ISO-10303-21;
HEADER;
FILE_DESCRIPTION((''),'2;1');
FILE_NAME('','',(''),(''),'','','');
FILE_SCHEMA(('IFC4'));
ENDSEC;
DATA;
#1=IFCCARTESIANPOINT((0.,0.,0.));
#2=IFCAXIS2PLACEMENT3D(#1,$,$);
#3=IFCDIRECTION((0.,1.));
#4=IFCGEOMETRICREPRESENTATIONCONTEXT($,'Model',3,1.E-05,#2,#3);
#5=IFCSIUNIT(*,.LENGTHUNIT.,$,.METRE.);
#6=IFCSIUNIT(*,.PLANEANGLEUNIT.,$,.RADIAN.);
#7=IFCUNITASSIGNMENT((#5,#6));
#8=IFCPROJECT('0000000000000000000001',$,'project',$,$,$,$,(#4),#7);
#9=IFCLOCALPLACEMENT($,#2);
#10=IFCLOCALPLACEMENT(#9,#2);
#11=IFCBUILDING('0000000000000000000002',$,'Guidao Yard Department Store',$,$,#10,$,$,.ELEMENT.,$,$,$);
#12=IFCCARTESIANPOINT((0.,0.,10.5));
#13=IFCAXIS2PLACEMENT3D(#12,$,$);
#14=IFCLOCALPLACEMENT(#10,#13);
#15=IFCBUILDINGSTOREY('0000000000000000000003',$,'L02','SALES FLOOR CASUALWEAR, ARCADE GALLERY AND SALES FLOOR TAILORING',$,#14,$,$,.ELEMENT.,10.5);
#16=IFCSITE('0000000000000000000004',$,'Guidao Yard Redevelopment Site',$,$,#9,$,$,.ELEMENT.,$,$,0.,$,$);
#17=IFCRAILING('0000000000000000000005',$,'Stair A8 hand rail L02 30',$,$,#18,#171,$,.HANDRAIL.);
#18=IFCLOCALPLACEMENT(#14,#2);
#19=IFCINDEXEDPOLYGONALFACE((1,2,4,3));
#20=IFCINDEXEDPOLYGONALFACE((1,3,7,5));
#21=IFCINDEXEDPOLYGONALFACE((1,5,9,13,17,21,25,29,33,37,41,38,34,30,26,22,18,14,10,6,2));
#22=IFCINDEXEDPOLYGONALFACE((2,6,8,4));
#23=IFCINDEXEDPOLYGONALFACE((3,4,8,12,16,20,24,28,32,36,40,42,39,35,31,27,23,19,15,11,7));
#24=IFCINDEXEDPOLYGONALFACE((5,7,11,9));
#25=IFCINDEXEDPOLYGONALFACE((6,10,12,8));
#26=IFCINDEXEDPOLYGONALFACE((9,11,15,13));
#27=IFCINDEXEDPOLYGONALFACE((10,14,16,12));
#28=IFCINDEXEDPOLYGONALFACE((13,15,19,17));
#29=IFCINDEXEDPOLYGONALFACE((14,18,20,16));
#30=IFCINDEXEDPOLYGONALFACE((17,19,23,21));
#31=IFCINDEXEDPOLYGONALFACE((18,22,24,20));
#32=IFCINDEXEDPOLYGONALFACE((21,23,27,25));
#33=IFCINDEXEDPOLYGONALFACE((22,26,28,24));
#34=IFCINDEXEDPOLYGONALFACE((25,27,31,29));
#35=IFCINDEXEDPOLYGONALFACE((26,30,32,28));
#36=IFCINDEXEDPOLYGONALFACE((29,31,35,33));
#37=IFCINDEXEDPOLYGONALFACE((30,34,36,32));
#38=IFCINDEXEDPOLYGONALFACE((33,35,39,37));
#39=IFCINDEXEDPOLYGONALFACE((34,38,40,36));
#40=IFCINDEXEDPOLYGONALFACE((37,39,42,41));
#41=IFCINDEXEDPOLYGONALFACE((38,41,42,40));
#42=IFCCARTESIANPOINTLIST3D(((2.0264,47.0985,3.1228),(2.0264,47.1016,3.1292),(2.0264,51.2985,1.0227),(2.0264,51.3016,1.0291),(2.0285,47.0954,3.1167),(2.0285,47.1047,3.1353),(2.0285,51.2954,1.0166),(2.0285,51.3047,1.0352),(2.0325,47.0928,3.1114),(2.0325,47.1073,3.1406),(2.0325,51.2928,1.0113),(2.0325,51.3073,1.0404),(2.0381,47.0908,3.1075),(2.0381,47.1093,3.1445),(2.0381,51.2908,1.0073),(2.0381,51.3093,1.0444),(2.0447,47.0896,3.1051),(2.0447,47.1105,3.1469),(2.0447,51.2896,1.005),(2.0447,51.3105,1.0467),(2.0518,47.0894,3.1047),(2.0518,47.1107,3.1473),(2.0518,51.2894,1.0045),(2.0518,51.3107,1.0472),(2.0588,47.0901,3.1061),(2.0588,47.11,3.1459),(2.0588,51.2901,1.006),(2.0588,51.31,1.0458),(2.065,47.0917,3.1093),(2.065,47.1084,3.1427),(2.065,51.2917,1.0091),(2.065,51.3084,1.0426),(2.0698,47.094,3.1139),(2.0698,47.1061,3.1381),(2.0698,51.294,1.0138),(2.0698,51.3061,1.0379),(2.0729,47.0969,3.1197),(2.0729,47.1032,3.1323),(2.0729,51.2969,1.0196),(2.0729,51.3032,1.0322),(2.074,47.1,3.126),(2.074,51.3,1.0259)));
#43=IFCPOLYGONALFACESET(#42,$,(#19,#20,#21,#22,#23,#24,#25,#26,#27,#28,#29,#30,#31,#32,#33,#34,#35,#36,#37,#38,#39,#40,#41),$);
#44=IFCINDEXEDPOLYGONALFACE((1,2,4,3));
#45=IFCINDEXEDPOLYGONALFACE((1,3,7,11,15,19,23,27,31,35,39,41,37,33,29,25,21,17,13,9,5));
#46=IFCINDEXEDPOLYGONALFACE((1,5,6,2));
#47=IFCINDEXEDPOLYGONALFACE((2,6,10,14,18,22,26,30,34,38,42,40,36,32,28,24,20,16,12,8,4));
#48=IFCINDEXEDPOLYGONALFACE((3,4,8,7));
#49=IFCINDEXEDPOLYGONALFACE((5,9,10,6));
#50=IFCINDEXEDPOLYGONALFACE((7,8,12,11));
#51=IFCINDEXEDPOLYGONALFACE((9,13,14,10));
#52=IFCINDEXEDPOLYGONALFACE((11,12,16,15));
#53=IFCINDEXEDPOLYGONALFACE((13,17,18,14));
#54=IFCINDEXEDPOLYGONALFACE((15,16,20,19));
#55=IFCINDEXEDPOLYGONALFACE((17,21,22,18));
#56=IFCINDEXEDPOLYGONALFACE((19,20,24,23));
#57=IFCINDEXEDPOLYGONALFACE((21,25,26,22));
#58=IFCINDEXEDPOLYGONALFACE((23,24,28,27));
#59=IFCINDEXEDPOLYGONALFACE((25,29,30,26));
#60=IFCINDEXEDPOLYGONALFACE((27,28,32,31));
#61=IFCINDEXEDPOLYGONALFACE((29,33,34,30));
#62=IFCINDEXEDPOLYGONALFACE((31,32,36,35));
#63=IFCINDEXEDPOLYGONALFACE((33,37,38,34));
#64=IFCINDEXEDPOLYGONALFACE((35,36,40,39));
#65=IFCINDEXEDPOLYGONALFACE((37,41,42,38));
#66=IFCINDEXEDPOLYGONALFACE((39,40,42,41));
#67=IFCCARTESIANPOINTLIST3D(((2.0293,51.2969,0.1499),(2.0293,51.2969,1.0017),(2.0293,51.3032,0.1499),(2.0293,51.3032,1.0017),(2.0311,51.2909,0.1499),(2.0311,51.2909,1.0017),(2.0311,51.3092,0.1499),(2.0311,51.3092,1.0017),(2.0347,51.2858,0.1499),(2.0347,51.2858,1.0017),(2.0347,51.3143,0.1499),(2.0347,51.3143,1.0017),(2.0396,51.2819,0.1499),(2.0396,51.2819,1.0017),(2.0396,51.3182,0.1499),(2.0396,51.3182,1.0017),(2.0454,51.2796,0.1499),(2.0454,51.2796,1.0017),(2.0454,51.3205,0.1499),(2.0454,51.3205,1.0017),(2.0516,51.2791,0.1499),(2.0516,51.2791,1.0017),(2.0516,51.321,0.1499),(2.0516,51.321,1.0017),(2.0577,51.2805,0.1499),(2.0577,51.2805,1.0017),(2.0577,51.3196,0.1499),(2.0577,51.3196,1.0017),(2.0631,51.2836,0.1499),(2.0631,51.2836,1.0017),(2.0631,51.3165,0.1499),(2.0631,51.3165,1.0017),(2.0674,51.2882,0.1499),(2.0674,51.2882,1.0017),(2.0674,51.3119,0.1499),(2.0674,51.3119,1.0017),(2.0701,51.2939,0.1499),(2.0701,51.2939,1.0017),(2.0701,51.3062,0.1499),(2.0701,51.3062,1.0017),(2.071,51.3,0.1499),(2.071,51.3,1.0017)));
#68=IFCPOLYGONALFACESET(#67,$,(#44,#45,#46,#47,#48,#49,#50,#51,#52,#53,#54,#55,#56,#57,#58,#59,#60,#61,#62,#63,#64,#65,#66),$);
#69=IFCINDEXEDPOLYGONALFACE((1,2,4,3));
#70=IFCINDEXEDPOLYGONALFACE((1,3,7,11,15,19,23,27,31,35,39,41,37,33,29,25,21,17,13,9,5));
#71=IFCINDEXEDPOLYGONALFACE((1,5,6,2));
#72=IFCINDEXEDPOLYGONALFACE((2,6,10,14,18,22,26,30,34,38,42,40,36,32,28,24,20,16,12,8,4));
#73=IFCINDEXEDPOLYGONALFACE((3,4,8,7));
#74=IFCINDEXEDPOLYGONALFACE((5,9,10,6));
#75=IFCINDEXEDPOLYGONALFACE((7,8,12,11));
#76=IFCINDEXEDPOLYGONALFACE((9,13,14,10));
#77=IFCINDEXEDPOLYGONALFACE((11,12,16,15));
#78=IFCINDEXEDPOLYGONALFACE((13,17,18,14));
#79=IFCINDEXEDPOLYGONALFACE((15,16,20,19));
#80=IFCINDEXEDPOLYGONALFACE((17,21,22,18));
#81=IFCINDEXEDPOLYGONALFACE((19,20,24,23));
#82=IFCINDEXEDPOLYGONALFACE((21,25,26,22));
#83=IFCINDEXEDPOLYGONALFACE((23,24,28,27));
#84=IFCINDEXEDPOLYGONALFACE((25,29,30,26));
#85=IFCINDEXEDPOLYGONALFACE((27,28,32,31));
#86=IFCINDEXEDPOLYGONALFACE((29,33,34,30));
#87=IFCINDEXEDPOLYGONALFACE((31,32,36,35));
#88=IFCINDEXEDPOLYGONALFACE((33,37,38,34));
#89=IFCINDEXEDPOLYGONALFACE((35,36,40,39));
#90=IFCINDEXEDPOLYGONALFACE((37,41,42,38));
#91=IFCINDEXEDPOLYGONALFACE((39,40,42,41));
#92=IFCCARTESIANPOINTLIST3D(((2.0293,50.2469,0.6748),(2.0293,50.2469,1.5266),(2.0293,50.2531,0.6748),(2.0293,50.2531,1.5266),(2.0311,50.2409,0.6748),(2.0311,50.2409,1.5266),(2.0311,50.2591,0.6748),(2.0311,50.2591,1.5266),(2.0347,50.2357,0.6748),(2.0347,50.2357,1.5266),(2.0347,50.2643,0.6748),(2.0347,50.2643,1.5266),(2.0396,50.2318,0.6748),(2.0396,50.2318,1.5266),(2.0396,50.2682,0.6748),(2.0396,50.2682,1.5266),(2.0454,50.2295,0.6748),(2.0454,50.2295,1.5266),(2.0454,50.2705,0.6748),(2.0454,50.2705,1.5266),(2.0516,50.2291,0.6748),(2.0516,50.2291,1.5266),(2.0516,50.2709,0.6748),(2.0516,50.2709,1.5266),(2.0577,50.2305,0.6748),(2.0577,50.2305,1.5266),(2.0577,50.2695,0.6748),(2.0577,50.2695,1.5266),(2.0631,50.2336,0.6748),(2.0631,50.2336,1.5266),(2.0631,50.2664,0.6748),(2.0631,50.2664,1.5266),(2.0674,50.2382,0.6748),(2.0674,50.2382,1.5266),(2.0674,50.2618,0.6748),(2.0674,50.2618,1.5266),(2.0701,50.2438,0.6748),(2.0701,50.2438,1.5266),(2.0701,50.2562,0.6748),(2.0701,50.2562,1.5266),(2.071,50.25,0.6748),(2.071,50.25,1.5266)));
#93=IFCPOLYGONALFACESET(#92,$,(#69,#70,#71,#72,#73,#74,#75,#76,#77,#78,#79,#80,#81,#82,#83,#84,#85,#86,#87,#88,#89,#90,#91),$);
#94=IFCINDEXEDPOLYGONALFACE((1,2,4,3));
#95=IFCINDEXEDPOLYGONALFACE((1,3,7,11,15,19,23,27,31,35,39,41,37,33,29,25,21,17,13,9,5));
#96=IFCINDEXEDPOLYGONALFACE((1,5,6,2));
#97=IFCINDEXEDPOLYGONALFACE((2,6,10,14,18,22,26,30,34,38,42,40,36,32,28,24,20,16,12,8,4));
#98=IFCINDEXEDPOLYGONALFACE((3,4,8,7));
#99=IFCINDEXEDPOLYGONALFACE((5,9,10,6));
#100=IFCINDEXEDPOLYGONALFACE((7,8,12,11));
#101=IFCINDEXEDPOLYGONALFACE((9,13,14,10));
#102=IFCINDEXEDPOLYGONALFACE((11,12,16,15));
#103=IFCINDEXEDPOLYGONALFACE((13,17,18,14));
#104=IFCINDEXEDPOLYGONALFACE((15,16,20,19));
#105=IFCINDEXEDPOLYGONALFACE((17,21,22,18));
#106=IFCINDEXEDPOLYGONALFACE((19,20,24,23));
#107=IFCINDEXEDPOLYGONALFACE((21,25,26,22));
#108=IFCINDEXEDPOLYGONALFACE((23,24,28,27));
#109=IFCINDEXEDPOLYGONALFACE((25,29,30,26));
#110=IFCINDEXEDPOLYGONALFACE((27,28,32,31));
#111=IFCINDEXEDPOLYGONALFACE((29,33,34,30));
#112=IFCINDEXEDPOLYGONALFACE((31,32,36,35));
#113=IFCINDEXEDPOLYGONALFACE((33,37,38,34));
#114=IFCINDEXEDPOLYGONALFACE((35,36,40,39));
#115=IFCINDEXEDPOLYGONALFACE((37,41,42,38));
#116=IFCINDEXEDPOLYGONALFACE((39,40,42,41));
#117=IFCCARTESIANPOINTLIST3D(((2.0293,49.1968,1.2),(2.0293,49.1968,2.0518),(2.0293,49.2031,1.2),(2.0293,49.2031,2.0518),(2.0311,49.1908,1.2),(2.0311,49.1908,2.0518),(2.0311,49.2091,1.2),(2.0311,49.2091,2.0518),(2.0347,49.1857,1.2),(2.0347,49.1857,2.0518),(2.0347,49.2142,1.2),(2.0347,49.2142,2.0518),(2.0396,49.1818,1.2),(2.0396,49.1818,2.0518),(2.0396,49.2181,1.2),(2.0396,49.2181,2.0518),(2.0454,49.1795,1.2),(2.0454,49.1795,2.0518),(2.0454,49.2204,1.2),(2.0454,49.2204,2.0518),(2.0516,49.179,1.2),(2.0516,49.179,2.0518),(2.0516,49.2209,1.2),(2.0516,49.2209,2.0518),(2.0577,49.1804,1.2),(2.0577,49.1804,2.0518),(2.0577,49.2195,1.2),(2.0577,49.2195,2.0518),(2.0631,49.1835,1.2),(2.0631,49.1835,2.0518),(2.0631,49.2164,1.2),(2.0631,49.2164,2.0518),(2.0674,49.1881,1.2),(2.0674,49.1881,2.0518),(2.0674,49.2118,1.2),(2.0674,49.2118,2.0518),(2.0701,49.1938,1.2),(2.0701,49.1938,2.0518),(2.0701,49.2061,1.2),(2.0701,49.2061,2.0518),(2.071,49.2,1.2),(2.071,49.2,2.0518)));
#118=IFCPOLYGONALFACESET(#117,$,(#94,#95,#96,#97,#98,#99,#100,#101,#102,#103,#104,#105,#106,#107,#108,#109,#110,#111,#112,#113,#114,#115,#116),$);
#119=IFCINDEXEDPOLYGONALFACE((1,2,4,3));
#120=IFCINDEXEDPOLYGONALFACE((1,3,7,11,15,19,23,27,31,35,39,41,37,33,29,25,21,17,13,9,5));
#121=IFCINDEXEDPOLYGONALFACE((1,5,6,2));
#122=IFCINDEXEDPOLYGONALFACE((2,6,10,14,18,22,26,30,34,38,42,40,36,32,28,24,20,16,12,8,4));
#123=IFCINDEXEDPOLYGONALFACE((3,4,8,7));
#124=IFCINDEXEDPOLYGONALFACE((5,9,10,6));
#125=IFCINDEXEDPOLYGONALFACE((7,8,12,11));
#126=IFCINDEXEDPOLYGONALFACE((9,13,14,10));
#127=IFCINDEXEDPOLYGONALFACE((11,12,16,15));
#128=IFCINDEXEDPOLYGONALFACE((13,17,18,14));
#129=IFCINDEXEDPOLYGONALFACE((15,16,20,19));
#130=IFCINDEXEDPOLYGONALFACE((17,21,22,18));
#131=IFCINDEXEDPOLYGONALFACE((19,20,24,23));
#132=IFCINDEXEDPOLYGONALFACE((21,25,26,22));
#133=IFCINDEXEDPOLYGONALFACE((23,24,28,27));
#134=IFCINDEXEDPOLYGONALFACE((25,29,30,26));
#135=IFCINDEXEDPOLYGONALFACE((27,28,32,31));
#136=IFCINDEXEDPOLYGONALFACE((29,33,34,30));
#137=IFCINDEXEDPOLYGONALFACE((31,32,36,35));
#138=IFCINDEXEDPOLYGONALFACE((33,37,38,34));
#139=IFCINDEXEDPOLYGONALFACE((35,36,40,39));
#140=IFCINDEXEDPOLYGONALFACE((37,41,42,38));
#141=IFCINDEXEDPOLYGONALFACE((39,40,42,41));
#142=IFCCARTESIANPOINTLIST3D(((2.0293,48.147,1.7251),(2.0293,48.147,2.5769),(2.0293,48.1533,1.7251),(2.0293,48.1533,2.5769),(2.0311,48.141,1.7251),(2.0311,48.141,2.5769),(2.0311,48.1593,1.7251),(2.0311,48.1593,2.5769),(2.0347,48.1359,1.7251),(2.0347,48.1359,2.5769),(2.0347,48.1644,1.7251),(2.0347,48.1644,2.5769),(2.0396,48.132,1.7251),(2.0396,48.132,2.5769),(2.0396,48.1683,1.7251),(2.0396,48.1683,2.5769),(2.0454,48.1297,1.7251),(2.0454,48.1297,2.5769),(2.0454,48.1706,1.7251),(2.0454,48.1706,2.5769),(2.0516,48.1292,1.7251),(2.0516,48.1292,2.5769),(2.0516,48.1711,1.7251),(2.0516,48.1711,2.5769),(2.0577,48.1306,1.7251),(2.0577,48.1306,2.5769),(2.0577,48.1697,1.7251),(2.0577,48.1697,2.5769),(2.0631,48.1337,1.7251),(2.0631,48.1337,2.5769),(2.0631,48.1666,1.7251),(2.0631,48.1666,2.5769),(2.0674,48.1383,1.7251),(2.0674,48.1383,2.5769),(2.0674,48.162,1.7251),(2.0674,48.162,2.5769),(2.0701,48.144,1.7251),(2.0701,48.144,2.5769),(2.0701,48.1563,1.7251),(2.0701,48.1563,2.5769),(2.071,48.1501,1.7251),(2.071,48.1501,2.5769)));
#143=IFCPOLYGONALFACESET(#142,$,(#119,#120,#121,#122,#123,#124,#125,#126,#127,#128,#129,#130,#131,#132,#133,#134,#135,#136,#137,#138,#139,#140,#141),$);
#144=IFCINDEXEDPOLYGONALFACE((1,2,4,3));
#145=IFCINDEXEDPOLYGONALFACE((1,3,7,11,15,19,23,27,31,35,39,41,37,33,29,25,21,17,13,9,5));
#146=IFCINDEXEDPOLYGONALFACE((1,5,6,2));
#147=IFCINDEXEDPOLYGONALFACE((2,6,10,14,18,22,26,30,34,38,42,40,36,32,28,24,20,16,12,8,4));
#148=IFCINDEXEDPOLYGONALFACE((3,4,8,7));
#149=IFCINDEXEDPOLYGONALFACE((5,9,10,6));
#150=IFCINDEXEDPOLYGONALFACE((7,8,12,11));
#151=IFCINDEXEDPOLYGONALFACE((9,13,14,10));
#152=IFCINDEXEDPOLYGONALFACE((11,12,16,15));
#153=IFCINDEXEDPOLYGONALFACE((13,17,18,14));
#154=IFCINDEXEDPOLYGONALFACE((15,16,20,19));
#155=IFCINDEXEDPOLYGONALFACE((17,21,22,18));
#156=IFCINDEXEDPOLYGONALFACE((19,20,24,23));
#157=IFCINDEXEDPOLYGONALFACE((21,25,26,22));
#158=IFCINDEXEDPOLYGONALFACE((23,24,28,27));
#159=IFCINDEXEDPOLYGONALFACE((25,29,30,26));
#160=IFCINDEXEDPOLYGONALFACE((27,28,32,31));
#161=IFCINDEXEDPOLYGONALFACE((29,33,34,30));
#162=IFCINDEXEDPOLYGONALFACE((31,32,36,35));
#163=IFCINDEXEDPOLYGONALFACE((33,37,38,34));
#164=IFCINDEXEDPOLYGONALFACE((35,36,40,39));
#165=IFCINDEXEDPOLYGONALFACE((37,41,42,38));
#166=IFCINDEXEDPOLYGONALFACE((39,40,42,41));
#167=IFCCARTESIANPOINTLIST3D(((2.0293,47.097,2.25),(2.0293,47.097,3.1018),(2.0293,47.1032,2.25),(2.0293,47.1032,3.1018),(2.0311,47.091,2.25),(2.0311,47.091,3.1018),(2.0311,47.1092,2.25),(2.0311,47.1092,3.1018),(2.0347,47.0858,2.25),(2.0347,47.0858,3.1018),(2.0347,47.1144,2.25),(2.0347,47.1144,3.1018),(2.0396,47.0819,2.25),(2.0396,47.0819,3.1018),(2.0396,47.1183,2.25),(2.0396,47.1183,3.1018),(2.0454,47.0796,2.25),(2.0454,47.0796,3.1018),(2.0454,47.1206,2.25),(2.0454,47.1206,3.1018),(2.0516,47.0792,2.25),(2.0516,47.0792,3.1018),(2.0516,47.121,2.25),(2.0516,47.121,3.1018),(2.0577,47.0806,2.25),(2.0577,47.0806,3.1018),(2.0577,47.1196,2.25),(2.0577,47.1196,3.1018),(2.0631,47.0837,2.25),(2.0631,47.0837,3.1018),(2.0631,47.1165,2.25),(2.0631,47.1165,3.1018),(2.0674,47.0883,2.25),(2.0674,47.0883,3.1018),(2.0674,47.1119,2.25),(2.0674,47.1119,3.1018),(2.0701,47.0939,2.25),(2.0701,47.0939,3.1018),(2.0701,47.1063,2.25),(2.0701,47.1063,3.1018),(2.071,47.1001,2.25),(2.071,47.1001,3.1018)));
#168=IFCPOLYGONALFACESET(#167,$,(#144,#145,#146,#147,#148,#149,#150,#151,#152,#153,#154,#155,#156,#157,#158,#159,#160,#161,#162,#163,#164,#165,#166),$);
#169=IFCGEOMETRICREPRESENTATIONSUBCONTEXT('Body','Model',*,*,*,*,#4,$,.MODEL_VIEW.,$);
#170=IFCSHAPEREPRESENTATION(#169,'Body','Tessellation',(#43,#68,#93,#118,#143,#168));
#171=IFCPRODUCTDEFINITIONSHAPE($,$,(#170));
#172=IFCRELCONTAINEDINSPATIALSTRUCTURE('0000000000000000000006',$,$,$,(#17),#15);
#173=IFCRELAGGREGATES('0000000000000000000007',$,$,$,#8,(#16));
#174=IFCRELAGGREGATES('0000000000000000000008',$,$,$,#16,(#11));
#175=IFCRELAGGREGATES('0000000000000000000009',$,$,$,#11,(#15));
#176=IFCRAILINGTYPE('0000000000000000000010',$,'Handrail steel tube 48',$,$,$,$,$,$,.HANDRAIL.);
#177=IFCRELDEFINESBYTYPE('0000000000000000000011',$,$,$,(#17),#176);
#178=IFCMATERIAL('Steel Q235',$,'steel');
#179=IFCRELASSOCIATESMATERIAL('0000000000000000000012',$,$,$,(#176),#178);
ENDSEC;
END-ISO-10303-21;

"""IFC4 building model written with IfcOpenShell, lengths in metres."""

from ifc_helpers import new_model, si_unit, direction, frame, origin, origin_2d, place, context, subcontext, project, spatial, circle, extrude, material, type_object, element, save


model = new_model("IFC4")

# Units and contexts
model_context = context("Model", 3, precision=1e-05, world=origin(), true_north=direction((0.0, 1.0)))
body_context = subcontext(model_context, "Body", "Model", "MODEL_VIEW")
ifc_project = project(units=[si_unit("LENGTHUNIT", "METRE"), si_unit("PLANEANGLEUNIT", "RADIAN")], contexts=[model_context])

# Site, building, storey
site_placement = place(None, origin())
site = spatial("IfcSite", under=ifc_project, at=site_placement, Name="Guidao Yard Redevelopment Site", CompositionType="ELEMENT", RefElevation=0.0)
building_placement = place(site_placement, origin())
building = spatial("IfcBuilding", under=site, at=building_placement, Name="Guidao Yard Department Store", CompositionType="ELEMENT")
storey_placement = place(building_placement, frame((0.0, 0.0, 10.5)))
storey = spatial("IfcBuildingStorey", under=building, at=storey_placement, Name="L02", Description="SALES FLOOR CASUALWEAR, ARCADE GALLERY AND SALES FLOOR TAILORING", CompositionType="ELEMENT", Elevation=10.5)

# Railing
ifc_material_1 = material(Name="Steel Q235", Category="steel")
railing_type_1 = type_object("IfcRailingType", Name="Handrail steel tube 48", PredefinedType="HANDRAIL", material=ifc_material_1)
for number, where, name in (
    (1, (2.05, 51.3, 0.1499), "Stair A8 hand rail L02 30"),
):
    element("IfcRailing", number, at=place(storey_placement, frame(where)), inside=storey, type_object=railing_type_1, Name=name, PredefinedType="HANDRAIL", context=body_context, shape_type="SweptSolid", body=[
        extrude(circle(Radius=0.0239, at=origin_2d()), frame((0.0, 0.0, 0.876), z_axis=(0.0, -0.894417, 0.447234), x_axis=(1.0, 0.0, 0.0)), (0.0, 0.0, 1.0), 4.6958),
        extrude(circle(Radius=0.021, at=origin_2d()), origin(), (0.0, 0.0, 1.0), 0.8518),
        extrude(circle(Radius=0.021, at=origin_2d()), frame((0.0, -1.05, 0.5249)), (0.0, 0.0, 1.0), 0.8518),
        extrude(circle(Radius=0.021, at=origin_2d()), frame((0.0, -2.1001, 1.05)), (0.0, 0.0, 1.0), 0.8518),
        extrude(circle(Radius=0.021, at=origin_2d()), frame((0.0, -3.1499, 1.5752)), (0.0, 0.0, 1.0), 0.8518),
        extrude(circle(Radius=0.021, at=origin_2d()), frame((0.0, -4.2, 2.1001)), (0.0, 0.0, 1.0), 0.8518),
    ])

save(model, "model.ifc")
